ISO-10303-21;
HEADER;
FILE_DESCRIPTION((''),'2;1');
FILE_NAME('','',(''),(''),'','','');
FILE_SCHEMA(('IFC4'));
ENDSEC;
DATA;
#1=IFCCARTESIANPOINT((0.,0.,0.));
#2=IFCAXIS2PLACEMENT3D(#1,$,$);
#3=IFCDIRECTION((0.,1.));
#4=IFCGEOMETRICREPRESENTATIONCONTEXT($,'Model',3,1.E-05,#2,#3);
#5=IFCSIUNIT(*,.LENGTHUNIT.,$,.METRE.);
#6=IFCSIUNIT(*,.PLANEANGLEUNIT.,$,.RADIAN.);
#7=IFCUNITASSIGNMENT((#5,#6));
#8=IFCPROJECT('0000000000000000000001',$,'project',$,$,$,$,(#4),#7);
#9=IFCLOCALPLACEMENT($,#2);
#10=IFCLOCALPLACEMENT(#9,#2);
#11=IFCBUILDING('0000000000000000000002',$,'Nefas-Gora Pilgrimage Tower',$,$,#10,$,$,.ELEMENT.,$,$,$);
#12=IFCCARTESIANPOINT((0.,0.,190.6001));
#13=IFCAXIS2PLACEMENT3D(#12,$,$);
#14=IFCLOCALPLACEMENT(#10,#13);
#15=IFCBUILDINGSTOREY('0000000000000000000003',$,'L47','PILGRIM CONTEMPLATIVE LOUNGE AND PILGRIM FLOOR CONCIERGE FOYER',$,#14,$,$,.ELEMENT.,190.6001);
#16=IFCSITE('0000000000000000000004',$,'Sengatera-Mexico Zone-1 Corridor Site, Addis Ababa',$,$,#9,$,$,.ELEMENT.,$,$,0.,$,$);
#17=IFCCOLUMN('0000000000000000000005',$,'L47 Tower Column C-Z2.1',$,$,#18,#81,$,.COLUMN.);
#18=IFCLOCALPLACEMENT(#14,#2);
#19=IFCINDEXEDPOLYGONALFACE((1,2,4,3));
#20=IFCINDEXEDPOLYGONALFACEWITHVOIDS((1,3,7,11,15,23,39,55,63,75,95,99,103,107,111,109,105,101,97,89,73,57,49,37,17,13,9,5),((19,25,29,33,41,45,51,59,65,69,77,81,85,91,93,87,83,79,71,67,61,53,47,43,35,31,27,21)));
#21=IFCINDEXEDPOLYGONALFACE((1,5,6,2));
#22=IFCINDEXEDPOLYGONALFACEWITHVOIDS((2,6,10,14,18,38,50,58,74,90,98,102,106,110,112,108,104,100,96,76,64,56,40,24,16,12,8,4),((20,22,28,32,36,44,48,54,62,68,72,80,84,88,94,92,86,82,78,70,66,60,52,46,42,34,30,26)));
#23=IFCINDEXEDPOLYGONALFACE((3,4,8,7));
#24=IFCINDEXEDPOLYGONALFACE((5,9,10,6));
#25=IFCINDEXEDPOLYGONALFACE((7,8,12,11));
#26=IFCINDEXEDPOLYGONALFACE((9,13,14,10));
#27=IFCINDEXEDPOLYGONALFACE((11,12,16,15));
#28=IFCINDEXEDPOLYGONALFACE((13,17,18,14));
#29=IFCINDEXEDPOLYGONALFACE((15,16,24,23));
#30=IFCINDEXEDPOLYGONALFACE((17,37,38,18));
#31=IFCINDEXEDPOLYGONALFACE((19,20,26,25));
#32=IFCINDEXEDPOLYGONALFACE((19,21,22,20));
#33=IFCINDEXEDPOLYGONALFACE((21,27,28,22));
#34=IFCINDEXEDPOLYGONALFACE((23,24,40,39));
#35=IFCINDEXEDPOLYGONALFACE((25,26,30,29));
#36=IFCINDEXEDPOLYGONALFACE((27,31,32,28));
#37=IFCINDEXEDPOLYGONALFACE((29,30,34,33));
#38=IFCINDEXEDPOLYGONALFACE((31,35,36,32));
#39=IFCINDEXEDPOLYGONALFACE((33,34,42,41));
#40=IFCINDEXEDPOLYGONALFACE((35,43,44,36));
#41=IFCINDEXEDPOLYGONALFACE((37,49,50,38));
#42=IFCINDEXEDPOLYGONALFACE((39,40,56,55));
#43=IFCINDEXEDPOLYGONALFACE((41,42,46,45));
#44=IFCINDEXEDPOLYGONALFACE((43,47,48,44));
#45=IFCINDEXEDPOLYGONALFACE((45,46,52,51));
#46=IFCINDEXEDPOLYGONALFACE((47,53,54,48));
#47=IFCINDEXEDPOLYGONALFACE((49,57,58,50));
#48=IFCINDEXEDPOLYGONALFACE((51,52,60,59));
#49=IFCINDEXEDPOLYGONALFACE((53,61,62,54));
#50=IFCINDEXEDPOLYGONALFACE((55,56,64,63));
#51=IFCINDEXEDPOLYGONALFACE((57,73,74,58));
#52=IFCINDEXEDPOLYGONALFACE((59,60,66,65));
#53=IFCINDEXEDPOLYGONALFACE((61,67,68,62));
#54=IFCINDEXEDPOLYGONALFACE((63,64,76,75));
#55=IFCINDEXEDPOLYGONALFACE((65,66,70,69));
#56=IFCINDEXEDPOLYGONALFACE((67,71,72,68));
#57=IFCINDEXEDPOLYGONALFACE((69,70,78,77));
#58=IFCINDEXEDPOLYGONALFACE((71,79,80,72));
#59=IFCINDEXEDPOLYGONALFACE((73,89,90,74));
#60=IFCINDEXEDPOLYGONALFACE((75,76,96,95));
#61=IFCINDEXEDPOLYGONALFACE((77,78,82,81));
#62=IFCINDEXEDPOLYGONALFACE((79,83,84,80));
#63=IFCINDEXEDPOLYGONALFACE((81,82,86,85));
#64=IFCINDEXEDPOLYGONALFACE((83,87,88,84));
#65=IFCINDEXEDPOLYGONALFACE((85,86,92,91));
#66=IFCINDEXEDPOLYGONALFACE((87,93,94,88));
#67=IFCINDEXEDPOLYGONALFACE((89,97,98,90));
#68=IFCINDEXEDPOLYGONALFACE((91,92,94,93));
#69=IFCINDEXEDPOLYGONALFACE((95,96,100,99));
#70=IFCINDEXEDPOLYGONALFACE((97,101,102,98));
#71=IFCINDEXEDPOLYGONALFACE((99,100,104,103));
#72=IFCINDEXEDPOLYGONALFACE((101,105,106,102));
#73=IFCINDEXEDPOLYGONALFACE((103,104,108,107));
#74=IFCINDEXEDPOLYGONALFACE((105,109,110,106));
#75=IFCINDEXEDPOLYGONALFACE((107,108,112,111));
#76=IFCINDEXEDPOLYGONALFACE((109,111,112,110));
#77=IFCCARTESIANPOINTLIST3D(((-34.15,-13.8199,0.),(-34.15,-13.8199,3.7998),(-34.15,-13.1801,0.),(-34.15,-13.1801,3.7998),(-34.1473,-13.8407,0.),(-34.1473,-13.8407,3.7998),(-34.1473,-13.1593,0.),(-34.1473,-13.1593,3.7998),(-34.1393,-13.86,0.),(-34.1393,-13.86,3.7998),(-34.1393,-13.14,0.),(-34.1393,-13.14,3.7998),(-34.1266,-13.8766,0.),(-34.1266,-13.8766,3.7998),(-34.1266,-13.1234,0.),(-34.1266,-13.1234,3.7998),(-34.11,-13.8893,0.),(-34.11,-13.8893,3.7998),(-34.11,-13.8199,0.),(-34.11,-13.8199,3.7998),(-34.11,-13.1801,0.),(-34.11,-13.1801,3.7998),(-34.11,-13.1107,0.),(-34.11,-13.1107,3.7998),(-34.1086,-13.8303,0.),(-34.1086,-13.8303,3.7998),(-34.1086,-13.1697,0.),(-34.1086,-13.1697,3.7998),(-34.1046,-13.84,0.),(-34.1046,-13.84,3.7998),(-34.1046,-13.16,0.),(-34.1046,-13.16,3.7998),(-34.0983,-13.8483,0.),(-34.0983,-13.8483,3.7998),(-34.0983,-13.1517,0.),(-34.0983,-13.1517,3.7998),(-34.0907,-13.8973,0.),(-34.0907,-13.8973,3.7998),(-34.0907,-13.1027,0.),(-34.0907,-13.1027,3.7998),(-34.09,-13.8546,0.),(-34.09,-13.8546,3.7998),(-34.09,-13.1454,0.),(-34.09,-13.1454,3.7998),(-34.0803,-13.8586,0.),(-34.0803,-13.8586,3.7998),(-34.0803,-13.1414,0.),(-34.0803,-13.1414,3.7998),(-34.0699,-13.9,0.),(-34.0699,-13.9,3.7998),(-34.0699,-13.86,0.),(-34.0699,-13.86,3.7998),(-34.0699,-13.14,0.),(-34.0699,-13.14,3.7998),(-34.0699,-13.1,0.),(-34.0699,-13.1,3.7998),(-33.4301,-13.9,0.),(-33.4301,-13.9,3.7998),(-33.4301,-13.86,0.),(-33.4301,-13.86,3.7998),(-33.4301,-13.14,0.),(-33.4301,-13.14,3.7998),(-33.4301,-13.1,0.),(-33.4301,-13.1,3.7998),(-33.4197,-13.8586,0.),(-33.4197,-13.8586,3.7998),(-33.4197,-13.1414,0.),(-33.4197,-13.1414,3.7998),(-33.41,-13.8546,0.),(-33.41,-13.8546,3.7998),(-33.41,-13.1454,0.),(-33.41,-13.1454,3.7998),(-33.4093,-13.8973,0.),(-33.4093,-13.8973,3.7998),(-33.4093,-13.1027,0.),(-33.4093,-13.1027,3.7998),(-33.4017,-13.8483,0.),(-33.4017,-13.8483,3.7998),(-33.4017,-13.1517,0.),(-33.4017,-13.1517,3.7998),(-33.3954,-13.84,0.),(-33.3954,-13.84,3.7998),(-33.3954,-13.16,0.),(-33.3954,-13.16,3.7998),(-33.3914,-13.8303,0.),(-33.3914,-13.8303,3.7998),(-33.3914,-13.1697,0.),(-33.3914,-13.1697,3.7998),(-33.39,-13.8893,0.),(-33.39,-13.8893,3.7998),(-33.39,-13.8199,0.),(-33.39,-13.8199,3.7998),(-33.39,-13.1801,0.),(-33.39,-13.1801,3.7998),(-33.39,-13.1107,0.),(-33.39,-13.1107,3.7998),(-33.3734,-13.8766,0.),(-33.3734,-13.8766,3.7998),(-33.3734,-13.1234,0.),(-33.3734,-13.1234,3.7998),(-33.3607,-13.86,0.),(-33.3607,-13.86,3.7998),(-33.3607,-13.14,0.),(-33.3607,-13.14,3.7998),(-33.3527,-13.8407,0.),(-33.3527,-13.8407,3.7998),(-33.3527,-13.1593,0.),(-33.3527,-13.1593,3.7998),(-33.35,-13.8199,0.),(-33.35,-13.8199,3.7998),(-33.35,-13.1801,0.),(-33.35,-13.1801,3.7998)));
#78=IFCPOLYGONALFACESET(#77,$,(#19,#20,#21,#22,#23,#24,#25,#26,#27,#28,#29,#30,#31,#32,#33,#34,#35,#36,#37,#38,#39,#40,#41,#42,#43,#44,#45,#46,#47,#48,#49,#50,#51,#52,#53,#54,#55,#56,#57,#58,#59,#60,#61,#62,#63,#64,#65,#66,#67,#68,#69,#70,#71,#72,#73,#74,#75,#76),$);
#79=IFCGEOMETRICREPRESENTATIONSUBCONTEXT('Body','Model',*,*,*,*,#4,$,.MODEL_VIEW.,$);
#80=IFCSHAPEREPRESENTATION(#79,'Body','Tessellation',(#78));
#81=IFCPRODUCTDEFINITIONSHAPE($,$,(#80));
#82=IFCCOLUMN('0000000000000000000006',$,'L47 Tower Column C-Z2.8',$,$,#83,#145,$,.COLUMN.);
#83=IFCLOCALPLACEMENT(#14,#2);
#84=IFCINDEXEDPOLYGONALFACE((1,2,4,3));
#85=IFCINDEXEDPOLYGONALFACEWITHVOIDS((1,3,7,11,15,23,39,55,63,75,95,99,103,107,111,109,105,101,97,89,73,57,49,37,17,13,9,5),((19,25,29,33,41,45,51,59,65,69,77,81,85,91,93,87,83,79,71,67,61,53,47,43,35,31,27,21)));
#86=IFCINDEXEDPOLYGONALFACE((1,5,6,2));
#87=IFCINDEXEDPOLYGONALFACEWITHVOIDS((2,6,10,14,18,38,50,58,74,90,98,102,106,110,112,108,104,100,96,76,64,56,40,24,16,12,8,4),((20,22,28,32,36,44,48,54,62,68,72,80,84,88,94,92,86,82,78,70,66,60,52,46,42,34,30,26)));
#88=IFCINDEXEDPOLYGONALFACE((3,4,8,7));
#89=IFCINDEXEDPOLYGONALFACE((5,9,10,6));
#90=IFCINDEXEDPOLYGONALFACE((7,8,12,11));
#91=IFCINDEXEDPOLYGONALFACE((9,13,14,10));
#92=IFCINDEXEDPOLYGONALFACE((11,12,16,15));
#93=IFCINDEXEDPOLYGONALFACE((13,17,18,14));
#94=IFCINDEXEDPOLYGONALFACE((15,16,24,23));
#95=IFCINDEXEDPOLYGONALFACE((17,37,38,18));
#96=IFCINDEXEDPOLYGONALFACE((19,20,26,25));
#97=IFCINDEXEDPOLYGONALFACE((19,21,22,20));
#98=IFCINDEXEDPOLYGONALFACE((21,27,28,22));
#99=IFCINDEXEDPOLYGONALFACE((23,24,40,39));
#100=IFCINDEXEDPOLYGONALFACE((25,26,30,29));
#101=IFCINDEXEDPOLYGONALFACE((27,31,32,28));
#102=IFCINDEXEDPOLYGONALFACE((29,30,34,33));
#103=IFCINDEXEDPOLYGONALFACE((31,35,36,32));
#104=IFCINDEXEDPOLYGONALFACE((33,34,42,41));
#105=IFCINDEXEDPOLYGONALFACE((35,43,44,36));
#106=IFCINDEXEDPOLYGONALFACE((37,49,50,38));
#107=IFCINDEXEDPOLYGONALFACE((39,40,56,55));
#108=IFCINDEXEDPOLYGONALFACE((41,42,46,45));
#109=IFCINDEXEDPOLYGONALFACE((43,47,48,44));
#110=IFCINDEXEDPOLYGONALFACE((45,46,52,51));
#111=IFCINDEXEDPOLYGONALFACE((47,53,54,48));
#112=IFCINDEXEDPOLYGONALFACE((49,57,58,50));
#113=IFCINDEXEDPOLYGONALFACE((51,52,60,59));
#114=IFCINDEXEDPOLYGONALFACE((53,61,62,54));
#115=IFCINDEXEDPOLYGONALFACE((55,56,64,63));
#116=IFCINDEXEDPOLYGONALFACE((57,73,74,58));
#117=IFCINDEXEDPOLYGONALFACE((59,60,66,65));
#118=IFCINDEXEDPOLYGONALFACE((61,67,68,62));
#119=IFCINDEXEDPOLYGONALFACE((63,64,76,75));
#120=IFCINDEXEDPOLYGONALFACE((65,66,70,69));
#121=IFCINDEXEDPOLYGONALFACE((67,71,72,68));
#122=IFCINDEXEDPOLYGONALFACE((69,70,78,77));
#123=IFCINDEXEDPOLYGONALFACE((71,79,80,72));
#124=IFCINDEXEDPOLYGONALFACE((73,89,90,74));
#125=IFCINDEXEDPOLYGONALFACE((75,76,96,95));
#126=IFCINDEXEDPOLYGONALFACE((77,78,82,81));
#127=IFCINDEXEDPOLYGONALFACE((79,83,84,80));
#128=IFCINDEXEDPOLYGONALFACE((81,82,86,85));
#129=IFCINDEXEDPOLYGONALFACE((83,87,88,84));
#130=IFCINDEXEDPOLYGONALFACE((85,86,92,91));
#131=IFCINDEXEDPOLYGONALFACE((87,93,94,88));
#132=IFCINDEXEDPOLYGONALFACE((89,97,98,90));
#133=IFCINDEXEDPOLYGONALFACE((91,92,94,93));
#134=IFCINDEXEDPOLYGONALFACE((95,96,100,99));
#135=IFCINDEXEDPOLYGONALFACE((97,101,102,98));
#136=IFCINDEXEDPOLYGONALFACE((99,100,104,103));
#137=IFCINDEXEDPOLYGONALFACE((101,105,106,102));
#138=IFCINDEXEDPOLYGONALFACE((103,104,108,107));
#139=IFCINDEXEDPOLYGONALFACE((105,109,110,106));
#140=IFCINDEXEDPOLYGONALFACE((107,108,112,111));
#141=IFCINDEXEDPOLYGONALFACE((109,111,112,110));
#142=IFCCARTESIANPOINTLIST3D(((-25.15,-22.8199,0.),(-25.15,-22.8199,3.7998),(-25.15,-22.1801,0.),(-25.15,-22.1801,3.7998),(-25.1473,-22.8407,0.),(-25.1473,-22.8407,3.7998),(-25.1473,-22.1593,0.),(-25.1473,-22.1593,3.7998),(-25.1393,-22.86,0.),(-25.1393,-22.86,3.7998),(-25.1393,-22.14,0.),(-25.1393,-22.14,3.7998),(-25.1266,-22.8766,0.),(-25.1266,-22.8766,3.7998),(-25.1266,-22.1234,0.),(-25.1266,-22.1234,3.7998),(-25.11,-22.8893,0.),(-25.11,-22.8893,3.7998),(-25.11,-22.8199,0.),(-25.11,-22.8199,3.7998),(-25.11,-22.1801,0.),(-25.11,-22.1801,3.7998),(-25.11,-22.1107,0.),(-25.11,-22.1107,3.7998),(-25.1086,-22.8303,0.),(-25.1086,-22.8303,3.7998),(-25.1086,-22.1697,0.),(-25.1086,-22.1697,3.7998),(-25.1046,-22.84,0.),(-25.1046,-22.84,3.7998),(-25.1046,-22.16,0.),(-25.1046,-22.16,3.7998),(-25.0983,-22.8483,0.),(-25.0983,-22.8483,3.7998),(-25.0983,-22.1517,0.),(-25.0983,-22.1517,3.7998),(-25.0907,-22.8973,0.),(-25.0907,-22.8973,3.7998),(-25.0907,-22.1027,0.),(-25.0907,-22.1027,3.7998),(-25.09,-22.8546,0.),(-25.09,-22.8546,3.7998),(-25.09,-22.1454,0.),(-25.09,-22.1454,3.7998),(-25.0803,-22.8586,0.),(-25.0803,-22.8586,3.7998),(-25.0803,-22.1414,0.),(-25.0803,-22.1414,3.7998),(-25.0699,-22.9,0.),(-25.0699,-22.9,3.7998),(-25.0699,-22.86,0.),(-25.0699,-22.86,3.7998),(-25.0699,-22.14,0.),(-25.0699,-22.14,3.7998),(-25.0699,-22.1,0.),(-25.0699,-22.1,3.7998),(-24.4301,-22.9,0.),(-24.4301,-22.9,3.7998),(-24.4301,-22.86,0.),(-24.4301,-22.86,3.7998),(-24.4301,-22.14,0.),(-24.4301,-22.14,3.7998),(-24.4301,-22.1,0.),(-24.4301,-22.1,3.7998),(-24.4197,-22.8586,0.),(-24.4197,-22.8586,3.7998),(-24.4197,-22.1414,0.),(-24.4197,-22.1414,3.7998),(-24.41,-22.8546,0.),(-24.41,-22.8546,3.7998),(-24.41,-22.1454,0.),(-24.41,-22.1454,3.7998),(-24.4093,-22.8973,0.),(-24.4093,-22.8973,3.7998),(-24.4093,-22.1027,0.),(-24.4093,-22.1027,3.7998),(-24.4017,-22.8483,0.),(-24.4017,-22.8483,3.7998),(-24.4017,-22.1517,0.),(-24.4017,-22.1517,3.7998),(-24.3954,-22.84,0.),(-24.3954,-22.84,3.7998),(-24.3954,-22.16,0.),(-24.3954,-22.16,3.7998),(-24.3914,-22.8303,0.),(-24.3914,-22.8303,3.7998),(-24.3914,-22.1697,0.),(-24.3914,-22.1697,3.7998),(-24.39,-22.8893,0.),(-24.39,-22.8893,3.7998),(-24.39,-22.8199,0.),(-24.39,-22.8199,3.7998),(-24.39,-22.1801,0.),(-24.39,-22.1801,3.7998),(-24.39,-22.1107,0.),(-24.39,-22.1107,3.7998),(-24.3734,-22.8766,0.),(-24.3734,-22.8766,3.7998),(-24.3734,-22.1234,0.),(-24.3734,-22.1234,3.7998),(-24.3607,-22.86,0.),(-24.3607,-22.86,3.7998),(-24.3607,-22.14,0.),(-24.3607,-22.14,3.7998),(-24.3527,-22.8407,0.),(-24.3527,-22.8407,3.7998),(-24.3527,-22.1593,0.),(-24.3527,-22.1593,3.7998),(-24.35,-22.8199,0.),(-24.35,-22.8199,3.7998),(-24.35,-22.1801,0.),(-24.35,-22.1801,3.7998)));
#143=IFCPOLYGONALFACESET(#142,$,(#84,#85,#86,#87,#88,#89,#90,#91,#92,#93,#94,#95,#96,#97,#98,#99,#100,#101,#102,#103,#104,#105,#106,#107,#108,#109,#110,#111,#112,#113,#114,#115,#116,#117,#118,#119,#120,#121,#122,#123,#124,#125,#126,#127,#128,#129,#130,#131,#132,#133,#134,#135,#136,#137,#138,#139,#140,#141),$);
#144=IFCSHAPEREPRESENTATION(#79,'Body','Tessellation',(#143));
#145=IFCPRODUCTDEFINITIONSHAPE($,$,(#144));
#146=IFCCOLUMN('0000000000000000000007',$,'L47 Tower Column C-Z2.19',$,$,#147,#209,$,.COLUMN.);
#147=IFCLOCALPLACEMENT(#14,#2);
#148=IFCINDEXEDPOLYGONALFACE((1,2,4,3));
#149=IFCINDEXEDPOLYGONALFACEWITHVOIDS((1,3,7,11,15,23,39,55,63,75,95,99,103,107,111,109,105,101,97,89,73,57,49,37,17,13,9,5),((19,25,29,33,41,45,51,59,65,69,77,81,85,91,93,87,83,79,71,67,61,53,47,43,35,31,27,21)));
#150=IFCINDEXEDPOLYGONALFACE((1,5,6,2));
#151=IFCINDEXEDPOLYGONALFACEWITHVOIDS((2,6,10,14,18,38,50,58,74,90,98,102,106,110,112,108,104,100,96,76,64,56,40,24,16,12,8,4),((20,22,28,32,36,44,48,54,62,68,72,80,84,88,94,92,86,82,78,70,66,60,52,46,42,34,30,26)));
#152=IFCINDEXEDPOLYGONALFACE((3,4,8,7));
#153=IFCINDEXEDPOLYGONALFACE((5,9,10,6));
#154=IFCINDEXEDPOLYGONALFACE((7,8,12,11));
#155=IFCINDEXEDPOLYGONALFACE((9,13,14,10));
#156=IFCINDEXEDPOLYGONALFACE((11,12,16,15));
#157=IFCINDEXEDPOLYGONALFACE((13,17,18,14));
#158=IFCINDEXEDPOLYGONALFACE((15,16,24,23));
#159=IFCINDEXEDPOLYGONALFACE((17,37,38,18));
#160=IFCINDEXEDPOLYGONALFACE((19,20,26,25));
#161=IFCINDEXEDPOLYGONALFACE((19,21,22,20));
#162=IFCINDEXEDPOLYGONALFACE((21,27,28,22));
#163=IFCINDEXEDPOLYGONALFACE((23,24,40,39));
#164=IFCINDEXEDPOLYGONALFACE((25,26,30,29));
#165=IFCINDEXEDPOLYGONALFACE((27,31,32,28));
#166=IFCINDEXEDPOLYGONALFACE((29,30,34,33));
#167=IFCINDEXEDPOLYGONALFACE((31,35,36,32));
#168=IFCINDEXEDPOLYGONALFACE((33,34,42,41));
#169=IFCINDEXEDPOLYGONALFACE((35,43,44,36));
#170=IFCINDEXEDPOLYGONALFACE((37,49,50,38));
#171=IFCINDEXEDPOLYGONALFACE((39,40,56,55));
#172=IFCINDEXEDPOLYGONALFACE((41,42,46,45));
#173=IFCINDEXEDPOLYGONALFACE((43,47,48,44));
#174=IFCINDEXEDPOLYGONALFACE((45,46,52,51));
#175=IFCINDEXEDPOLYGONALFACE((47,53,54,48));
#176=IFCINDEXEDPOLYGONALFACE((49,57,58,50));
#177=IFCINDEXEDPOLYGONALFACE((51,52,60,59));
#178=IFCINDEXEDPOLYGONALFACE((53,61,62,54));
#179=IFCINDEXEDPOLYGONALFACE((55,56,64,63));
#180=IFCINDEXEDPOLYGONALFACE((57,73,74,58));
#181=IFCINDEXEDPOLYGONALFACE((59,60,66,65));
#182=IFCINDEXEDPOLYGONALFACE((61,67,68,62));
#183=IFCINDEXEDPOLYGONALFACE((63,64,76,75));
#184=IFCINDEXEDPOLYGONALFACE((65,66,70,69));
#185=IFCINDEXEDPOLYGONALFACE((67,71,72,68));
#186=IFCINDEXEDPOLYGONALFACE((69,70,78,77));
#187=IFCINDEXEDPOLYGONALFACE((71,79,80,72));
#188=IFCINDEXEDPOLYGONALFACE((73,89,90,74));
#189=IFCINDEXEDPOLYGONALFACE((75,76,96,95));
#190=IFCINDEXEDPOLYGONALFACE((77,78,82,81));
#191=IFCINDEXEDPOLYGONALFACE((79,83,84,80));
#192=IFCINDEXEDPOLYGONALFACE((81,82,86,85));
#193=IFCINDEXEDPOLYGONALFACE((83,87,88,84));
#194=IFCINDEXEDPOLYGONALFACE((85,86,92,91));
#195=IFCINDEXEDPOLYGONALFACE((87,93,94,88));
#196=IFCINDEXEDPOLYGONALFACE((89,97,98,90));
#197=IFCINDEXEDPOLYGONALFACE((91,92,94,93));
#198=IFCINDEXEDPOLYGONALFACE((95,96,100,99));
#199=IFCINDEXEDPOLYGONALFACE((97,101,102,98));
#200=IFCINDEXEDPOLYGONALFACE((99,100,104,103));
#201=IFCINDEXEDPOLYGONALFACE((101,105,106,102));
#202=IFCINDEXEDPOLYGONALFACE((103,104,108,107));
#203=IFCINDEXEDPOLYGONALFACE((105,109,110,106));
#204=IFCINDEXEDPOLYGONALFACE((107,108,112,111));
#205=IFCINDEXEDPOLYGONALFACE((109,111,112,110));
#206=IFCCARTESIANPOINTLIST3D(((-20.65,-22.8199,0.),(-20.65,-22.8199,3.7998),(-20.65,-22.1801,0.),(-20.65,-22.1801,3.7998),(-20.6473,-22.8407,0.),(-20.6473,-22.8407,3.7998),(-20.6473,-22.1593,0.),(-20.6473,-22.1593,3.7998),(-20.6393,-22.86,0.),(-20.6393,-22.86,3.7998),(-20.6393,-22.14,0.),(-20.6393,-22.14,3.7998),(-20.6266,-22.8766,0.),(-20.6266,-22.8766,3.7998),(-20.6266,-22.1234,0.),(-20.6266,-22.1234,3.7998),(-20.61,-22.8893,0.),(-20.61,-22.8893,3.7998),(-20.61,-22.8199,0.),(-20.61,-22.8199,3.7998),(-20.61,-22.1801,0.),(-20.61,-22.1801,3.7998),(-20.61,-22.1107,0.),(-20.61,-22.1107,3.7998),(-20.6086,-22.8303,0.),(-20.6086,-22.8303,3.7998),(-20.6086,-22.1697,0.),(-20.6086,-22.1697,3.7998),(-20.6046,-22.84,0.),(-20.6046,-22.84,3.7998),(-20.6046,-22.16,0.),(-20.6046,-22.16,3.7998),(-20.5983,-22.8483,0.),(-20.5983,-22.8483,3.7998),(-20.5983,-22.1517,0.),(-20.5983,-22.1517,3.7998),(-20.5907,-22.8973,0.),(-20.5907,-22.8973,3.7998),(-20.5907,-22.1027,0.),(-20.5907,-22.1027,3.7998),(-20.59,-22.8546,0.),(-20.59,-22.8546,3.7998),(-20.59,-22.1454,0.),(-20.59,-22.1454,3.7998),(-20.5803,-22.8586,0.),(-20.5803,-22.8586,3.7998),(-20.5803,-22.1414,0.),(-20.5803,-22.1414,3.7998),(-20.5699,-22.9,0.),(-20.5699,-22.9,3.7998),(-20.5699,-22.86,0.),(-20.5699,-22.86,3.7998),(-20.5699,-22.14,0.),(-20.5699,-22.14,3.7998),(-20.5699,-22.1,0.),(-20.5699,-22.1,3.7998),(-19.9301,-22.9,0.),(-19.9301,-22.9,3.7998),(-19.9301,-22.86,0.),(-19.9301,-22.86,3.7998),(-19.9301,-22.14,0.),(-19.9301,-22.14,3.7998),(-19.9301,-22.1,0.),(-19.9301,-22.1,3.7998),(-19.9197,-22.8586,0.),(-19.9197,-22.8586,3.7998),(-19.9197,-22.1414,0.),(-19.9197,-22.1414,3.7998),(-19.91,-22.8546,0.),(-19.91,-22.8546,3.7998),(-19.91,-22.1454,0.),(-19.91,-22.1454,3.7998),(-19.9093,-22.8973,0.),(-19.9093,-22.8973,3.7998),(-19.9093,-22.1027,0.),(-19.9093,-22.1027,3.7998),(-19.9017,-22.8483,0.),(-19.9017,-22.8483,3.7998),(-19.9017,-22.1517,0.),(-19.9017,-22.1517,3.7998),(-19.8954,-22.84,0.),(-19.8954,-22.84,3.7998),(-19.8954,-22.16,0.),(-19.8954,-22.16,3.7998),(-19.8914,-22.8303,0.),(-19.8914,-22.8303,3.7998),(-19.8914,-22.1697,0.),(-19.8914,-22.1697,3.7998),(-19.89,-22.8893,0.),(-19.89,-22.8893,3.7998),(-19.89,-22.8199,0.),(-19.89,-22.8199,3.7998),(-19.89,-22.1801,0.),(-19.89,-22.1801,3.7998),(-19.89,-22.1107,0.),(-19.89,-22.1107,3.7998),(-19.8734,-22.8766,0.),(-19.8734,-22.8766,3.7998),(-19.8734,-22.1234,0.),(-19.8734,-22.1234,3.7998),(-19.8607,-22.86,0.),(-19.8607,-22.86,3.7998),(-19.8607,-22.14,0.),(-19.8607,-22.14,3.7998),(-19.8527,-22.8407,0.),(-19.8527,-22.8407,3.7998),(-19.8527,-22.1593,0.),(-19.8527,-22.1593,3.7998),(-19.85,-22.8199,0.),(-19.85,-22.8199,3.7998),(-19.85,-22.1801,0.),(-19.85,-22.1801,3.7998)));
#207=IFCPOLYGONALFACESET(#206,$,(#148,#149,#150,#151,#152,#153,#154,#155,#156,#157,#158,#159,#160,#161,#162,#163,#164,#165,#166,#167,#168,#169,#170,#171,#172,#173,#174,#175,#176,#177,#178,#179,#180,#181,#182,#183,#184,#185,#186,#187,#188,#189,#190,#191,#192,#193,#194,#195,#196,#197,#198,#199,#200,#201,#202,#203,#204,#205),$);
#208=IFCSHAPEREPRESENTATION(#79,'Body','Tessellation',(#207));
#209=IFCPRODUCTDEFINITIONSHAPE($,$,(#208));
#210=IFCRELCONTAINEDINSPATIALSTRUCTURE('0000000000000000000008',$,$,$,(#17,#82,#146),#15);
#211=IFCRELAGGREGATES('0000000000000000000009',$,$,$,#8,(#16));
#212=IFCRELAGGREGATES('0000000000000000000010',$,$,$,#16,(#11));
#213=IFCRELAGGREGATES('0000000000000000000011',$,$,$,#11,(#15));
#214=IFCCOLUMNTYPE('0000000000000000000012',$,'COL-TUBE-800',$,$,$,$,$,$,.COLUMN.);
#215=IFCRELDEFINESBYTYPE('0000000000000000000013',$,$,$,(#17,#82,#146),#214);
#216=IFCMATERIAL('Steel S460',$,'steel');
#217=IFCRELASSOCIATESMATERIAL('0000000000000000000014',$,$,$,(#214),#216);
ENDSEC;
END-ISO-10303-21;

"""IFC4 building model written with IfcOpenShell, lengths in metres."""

from ifc_helpers import new_model, si_unit, direction, frame, origin, origin_2d, place, context, subcontext, project, spatial, hollow_rectangle, extrude, source, transform, mapped, material, material_profile, profile_set, type_object, element, save


model = new_model("IFC4")

# Units and contexts
model_context = context("Model", 3, precision=1e-05, world=origin(), true_north=direction((0.0, 1.0)))
body_context = subcontext(model_context, "Body", "Model", "MODEL_VIEW")
ifc_project = project(units=[si_unit("LENGTHUNIT", "METRE"), si_unit("PLANEANGLEUNIT", "RADIAN")], contexts=[model_context])

# Site, building, storey
site_placement = place(None, origin())
site = spatial("IfcSite", under=ifc_project, at=site_placement, Name="Sengatera-Mexico Zone-1 Corridor Site, Addis Ababa", CompositionType="ELEMENT", RefElevation=0.0)
building_placement = place(site_placement, origin())
building = spatial("IfcBuilding", under=site, at=building_placement, Name="Nefas-Gora Pilgrimage Tower", CompositionType="ELEMENT")
storey_placement = place(building_placement, frame((0.0, 0.0, 190.6001)))
storey = spatial("IfcBuildingStorey", under=building, at=storey_placement, Name="L47", Description="PILGRIM CONTEMPLATIVE LOUNGE AND PILGRIM FLOOR CONCIERGE FOYER", CompositionType="ELEMENT", Elevation=190.6001)

# Columns
ifc_material_1 = material(Name="Steel S460", Category="steel")
ifc_material_profile_1 = material_profile(ifc_material_1, hollow_rectangle(XDim=0.8, YDim=0.8, WallThickness=0.04, InnerFilletRadius=0.04, OuterFilletRadius=0.0801, at=origin_2d()), Name="BOX 800x800x40")
ifc_profile_set_1 = profile_set([ifc_material_profile_1], Name="Steel S460")
column_type_1 = type_object("IfcColumnType", Name="COL-TUBE-800", PredefinedType="COLUMN", material=ifc_profile_set_1)
shared_shape_1 = source(origin(), body_context, "Body", "SweptSolid", [
    extrude(hollow_rectangle(XDim=0.8, YDim=0.8, WallThickness=0.04, InnerFilletRadius=0.04, OuterFilletRadius=0.0801, at=origin_2d()), origin(), (0.0, 0.0, 1.0), 3.7998),
])
for number, where, z_axis, x_axis, name in (
    (1, (-33.75, -13.5, 0.0), (0.0, 0.0, 1.0), (1.0, 0.0, 0.0), "L47 Tower Column C-Z2.1"),
    (2, (-24.75, -22.5, 0.0), (0.0, 0.0, 1.0), (1.0, 0.0, 0.0), "L47 Tower Column C-Z2.8"),
    (3, (-20.25, -22.5, 0.0), (0.0, 0.0, 1.0), (1.0, 0.0, 0.0), "L47 Tower Column C-Z2.19"),
):
    element("IfcColumn", number, at=place(storey_placement, frame(where, z_axis=z_axis, x_axis=x_axis)), inside=storey, type_object=column_type_1, Name=name, PredefinedType="COLUMN", context=body_context, shape_type="MappedRepresentation", body=[
        mapped(shared_shape_1, transform((0.0, 0.0, 0.0), x_axis=(1.0, 0.0, 0.0), y_axis=(0.0, 1.0, 0.0), z_axis=(0.0, 0.0, 1.0), scale=1.0)),
    ])

save(model, "model.ifc")
